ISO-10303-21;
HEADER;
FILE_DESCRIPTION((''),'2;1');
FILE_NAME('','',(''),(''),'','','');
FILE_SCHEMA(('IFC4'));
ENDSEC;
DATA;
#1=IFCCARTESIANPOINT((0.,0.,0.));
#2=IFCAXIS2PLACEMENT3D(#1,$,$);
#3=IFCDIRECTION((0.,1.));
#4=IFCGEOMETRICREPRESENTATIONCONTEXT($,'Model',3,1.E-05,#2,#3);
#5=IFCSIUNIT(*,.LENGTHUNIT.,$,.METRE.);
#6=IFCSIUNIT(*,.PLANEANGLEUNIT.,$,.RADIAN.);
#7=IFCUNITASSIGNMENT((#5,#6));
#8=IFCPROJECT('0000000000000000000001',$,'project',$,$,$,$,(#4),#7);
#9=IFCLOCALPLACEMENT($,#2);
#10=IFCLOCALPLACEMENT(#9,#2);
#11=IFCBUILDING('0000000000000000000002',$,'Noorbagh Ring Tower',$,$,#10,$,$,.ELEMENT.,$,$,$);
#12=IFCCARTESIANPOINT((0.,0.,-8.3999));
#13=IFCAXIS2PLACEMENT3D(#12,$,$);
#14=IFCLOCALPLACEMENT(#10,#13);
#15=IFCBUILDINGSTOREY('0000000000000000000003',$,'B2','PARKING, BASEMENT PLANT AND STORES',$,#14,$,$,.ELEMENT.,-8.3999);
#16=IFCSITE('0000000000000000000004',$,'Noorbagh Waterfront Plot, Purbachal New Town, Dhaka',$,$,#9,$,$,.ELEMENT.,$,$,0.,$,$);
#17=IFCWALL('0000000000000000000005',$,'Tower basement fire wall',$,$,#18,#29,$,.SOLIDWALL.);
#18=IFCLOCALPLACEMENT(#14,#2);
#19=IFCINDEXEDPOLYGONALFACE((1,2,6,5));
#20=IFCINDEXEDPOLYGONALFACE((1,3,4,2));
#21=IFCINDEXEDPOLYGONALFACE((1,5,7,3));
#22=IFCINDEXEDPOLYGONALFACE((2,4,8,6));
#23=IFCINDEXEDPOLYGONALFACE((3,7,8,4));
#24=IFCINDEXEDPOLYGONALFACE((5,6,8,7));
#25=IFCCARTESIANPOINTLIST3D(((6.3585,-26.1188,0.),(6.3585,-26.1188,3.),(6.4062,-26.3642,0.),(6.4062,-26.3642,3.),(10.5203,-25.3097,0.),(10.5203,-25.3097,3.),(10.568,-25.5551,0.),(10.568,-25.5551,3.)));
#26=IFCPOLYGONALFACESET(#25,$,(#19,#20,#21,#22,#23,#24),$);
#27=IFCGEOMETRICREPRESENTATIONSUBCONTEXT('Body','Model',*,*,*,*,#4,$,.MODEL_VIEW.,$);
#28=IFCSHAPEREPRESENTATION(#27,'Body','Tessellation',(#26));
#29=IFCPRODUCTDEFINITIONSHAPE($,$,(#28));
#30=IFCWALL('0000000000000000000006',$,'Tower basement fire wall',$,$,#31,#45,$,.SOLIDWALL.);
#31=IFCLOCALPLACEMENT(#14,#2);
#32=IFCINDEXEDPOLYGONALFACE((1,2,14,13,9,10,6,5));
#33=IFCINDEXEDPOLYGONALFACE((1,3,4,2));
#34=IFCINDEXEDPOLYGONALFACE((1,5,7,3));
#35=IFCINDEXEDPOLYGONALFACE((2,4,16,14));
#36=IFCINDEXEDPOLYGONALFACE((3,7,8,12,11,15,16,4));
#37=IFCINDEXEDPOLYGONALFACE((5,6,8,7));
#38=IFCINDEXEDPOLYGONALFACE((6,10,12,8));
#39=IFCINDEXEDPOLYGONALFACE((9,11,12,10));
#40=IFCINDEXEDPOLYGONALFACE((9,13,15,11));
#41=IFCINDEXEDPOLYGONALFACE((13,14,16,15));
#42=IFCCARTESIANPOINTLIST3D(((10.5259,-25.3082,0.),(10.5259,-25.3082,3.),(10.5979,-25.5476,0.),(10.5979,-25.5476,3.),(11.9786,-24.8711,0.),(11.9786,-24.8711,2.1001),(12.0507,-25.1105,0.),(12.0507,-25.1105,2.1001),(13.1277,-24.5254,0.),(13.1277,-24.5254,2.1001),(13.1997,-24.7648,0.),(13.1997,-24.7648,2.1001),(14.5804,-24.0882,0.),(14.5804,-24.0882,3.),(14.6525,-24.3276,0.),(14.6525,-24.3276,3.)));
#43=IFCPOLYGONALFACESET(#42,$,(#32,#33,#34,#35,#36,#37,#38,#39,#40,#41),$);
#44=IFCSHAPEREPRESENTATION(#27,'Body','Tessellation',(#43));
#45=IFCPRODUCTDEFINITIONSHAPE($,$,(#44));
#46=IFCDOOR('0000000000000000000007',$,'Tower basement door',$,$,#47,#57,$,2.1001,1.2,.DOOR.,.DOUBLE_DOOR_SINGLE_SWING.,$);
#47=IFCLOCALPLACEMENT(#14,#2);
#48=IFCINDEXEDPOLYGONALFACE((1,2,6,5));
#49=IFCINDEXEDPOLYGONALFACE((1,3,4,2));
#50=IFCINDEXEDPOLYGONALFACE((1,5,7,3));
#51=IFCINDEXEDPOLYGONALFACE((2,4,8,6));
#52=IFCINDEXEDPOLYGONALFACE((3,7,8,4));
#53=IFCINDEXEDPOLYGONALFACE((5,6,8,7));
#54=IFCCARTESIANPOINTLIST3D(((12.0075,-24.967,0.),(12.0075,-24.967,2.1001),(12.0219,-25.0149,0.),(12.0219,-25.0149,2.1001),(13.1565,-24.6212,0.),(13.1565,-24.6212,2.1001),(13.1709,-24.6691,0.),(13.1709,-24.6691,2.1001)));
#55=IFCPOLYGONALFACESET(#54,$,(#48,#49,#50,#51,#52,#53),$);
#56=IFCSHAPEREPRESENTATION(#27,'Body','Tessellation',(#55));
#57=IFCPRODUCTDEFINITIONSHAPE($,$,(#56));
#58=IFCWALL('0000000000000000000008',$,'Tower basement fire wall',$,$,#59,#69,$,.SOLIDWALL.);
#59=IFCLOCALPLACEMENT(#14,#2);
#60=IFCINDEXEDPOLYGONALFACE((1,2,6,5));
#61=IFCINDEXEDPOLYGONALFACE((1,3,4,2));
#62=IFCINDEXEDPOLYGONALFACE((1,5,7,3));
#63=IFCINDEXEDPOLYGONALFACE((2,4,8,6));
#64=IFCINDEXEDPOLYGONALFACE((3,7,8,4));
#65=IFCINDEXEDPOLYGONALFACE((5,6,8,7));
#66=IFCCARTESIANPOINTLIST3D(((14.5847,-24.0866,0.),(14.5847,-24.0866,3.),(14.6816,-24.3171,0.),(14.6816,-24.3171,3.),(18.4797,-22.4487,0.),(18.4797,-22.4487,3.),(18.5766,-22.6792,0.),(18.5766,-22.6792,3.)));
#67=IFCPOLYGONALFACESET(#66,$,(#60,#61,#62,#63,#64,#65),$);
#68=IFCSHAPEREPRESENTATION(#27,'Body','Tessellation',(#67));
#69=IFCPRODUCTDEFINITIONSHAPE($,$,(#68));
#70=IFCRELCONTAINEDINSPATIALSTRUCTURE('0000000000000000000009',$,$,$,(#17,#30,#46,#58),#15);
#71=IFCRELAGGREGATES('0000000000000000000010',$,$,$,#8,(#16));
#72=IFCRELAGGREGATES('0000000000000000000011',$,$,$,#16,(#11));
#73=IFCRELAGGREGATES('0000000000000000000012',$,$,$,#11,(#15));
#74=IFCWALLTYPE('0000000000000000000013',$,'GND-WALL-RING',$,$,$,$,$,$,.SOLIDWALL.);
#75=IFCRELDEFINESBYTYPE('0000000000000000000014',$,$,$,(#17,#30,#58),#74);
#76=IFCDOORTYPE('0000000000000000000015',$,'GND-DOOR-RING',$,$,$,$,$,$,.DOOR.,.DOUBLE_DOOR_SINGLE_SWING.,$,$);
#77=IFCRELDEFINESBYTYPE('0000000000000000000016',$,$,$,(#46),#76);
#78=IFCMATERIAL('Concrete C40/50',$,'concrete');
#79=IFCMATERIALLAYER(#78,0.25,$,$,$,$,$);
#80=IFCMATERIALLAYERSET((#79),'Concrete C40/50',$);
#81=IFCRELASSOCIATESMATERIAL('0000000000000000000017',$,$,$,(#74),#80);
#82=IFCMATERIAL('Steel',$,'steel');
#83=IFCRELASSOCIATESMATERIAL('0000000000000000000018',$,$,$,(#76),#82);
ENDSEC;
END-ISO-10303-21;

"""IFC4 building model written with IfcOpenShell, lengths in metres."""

from ifc_helpers import new_model, si_unit, direction, frame, frame_2d, origin, place, context, subcontext, project, spatial, rectangle, extrude, material, layer, layer_set, type_object, element, fill, save


model = new_model("IFC4")

# Units and contexts
model_context = context("Model", 3, precision=1e-05, world=origin(), true_north=direction((0.0, 1.0)))
body_context = subcontext(model_context, "Body", "Model", "MODEL_VIEW")
ifc_project = project(units=[si_unit("LENGTHUNIT", "METRE"), si_unit("PLANEANGLEUNIT", "RADIAN")], contexts=[model_context])

# Site, building, storey
site_placement = place(None, origin())
site = spatial("IfcSite", under=ifc_project, at=site_placement, Name="Noorbagh Waterfront Plot, Purbachal New Town, Dhaka", CompositionType="ELEMENT", RefElevation=0.0)
building_placement = place(site_placement, origin())
building = spatial("IfcBuilding", under=site, at=building_placement, Name="Noorbagh Ring Tower", CompositionType="ELEMENT")
storey_placement = place(building_placement, frame((0.0, 0.0, -8.3999)))
storey = spatial("IfcBuildingStorey", under=building, at=storey_placement, Name="B2", Description="PARKING, BASEMENT PLANT AND STORES", CompositionType="ELEMENT", Elevation=-8.3999)

# Wall
ifc_material_1 = material(Name="Concrete C40/50", Category="concrete")
ifc_layer = layer(ifc_material_1, 0.25)
ifc_layer_set = layer_set([ifc_layer], Name="Concrete C40/50")
wall_type = type_object("IfcWallType", Name="GND-WALL-RING", PredefinedType="SOLIDWALL", material=ifc_layer_set)
wall_1_placement = place(storey_placement, frame((6.3823, -26.2415, 0.0), z_axis=(0.0, 0.0, 1.0), x_axis=(0.981623, 0.190831, 0.0)))
element("IfcWall", 1, at=wall_1_placement, inside=storey, type_object=wall_type, Name="Tower basement fire wall", PredefinedType="SOLIDWALL", context=body_context, shape_type="SweptSolid", body=[
    extrude(rectangle(XDim=4.2397, YDim=0.25, at=frame_2d((2.1199, 0.0))), origin(), (0.0, 0.0, 1.0), 3.0),
])

# Wall, opening, door
wall_2_placement = place(storey_placement, frame((10.5618, -25.428, 0.0), z_axis=(0.0, 0.0, 1.0), x_axis=(0.957589, 0.288136, 0.0)))
wall_2 = element("IfcWall", 2, at=wall_2_placement, inside=storey, type_object=wall_type, Name="Tower basement fire wall", PredefinedType="SOLIDWALL", context=body_context, shape_type="SweptSolid", body=[
    extrude(rectangle(XDim=4.2341, YDim=0.25, at=frame_2d((2.1172, 0.0))), origin(), (0.0, 0.0, 1.0), 3.0),
])
opening_placement = place(wall_2_placement, frame((1.5171, 0.0, 0.0)))
opening = element("IfcOpeningElement", 3, at=opening_placement, cuts=wall_2, PredefinedType="OPENING", context=body_context, shape_type="SweptSolid", body=[
    extrude(rectangle(XDim=1.2, YDim=2.1001, at=frame_2d((0.6001, 1.05))), frame((0.0, 0.135, 0.0), z_axis=(0.0, -1.0, 0.0), x_axis=(1.0, 0.0, 0.0)), (0.0, 0.0, 1.0), 0.27),
])
ifc_material_2 = material(Name="Steel", Category="steel")
door_type = type_object("IfcDoorType", Name="GND-DOOR-RING", OperationType="DOUBLE_DOOR_SINGLE_SWING", PredefinedType="DOOR", material=ifc_material_2)
door_placement = place(opening_placement, origin())
door = element("IfcDoor", 4, at=door_placement, inside=storey, type_object=door_type, Name="Tower basement door", OperationType="DOUBLE_DOOR_SINGLE_SWING", OverallHeight=2.1001, OverallWidth=1.2, PredefinedType="DOOR", context=body_context, shape_type="SweptSolid", body=[
    extrude(rectangle(XDim=1.2, YDim=2.1001, at=frame_2d((0.6001, 1.05))), frame((0.0, 0.0249, 0.0), z_axis=(0.0, -1.0, 0.0), x_axis=(1.0, 0.0, 0.0)), (0.0, 0.0, 1.0), 0.05),
])
fill(opening, door)

# Wall
wall_3_placement = place(storey_placement, frame((14.6331, -24.2019, 0.0), z_axis=(0.0, 0.0, 1.0), x_axis=(0.92181, 0.387641, 0.0)))
element("IfcWall", 5, at=wall_3_placement, inside=storey, type_object=wall_type, Name="Tower basement fire wall", PredefinedType="SOLIDWALL", context=body_context, shape_type="SweptSolid", body=[
    extrude(rectangle(XDim=4.2253, YDim=0.25, at=frame_2d((2.1128, 0.0))), origin(), (0.0, 0.0, 1.0), 3.0),
])

save(model, "model.ifc")
